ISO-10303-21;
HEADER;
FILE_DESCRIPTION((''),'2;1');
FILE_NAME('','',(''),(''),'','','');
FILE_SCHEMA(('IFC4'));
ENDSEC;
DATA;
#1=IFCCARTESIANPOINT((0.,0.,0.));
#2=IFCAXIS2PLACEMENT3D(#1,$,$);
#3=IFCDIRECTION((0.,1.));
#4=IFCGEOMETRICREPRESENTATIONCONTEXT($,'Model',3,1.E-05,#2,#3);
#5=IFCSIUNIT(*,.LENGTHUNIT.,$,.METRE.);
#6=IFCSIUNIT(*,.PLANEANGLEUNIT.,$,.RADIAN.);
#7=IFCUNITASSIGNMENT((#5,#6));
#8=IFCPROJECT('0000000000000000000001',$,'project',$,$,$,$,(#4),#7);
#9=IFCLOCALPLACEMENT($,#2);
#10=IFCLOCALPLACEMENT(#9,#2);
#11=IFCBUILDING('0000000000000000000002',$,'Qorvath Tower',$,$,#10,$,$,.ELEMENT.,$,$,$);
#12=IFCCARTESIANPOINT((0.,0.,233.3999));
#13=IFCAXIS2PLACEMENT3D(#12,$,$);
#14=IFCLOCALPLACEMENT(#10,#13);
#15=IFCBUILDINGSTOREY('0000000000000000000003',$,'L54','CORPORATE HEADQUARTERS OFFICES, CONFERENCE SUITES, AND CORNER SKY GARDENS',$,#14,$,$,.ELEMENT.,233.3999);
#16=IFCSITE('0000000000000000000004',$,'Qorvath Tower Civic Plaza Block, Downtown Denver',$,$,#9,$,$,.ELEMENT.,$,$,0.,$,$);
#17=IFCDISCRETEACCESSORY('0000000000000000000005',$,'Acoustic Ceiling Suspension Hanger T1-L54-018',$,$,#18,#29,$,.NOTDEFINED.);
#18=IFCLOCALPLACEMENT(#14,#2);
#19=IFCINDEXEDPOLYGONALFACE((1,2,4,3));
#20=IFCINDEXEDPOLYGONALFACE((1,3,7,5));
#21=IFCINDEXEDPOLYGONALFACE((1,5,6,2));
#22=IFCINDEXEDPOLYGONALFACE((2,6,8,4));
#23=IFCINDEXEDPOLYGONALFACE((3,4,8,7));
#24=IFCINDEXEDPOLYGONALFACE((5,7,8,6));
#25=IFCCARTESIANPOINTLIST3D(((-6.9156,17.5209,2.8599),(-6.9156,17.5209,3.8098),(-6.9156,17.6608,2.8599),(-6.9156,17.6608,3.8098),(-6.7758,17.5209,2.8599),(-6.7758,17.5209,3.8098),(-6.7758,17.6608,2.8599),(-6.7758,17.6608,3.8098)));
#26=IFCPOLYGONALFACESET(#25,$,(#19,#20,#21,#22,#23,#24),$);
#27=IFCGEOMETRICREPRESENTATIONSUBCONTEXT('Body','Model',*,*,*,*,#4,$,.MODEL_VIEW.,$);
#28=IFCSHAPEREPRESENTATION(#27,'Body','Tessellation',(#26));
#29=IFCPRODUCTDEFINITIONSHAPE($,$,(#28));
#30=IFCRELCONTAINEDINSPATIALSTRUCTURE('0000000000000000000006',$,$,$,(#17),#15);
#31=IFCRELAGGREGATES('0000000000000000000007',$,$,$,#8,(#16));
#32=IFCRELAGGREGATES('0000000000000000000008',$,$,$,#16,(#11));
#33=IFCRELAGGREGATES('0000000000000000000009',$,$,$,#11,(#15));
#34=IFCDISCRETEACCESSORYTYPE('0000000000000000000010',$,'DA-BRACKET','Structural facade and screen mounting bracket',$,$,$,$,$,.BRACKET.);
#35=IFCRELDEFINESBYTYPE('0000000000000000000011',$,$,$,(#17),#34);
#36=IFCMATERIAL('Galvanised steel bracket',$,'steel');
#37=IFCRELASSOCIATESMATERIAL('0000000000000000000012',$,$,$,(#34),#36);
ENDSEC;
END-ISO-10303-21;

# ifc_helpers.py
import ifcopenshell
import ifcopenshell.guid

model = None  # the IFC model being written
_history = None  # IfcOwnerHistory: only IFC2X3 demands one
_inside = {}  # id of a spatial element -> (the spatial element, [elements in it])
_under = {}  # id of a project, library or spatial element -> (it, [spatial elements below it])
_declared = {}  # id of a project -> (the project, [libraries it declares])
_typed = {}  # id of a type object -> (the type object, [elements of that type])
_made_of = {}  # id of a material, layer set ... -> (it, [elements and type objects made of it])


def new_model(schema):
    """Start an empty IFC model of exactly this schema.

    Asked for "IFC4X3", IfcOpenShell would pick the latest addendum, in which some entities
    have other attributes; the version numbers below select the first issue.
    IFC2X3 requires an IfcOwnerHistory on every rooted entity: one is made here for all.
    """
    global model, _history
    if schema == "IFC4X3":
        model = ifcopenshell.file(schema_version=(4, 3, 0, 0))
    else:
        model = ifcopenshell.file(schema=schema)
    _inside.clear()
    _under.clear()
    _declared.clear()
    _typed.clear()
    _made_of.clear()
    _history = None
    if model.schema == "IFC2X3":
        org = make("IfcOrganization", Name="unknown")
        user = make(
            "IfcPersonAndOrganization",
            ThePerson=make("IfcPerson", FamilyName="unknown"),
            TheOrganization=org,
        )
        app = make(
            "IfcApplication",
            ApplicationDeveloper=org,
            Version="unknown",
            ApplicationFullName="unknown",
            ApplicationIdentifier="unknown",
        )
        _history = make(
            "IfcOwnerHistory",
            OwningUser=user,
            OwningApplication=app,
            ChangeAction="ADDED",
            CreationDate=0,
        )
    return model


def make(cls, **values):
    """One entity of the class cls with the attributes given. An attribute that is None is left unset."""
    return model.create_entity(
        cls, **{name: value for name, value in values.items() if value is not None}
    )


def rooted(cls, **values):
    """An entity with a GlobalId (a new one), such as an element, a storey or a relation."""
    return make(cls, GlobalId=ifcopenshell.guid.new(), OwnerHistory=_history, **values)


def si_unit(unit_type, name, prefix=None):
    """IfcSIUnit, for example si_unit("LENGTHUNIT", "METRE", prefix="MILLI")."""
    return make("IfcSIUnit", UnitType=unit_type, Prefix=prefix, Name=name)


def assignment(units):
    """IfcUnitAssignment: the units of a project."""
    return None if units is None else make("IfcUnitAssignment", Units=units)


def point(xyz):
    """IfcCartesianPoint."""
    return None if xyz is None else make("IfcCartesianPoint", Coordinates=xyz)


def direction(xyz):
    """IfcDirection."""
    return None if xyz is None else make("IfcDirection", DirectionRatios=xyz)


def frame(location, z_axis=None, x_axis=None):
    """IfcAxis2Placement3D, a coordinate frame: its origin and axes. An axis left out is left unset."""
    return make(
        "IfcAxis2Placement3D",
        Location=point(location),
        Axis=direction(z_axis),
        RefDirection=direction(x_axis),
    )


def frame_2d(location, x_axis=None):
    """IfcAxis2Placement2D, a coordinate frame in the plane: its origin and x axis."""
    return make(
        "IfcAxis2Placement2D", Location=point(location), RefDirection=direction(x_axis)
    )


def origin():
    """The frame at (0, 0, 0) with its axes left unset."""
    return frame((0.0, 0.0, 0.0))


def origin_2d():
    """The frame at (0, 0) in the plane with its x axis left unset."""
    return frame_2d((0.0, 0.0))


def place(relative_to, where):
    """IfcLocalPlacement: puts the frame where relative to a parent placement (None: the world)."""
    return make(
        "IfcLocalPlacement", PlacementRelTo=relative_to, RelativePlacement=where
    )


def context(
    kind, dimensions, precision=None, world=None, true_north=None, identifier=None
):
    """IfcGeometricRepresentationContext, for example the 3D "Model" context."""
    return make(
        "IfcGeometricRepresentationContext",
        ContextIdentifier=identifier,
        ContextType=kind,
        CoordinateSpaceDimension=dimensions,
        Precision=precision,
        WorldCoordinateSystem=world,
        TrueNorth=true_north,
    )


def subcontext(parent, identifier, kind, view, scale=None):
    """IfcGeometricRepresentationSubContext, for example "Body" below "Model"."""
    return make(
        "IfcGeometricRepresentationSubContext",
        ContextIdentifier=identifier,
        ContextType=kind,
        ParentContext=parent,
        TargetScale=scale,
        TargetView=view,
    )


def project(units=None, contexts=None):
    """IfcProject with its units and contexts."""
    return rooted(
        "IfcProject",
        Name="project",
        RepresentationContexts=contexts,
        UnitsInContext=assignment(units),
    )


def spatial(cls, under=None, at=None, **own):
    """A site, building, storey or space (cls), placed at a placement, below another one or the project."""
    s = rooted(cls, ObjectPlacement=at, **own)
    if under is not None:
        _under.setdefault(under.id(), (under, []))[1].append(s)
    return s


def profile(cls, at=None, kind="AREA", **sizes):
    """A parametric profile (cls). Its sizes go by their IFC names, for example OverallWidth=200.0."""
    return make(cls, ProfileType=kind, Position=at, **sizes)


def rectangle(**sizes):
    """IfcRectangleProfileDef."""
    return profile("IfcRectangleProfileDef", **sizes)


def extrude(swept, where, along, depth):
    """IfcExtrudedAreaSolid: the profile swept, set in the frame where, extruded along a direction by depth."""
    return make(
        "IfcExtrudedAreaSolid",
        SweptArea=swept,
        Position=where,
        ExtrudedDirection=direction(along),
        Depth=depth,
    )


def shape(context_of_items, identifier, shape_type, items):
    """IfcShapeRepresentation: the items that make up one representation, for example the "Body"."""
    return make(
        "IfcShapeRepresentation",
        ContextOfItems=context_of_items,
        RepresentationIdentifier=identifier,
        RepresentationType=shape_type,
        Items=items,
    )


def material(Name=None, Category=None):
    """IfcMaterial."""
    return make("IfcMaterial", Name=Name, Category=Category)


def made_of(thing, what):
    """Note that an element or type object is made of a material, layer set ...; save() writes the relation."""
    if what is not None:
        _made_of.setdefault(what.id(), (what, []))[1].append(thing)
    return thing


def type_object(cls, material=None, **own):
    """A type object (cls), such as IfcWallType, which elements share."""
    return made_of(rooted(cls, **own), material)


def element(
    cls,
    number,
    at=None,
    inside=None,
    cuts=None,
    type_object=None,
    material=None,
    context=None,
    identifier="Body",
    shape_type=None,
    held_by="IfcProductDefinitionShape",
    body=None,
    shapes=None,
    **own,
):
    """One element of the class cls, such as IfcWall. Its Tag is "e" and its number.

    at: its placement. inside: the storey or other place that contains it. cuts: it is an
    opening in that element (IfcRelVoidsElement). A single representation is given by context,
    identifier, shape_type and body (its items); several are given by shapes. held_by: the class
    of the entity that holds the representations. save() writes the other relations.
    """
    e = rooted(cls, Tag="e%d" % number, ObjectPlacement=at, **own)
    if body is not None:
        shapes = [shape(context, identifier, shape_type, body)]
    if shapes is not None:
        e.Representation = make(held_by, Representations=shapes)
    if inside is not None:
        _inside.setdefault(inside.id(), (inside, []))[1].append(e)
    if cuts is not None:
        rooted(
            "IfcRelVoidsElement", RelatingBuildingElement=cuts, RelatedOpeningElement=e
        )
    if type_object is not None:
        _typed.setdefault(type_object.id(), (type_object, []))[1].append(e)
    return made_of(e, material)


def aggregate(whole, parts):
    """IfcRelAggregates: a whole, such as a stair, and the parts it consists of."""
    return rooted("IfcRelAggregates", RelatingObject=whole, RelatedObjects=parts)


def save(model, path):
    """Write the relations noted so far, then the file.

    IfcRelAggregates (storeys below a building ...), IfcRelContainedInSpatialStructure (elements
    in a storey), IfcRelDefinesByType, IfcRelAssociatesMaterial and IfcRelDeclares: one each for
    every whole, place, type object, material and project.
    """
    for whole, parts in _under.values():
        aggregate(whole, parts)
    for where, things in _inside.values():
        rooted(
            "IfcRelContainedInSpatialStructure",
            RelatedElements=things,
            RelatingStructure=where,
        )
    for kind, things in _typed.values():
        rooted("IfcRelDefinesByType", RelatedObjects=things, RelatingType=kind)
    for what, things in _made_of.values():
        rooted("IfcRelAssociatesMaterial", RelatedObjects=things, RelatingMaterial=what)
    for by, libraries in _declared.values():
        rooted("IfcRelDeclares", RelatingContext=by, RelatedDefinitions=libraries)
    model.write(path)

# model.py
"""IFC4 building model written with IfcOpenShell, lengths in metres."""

from ifc_helpers import new_model, si_unit, direction, frame, origin, origin_2d, place, context, subcontext, project, spatial, rectangle, extrude, material, type_object, element, save


model = new_model("IFC4")

# Units and contexts
model_context = context("Model", 3, precision=1e-05, world=origin(), true_north=direction((0.0, 1.0)))
body_context = subcontext(model_context, "Body", "Model", "MODEL_VIEW")
ifc_project = project(units=[si_unit("LENGTHUNIT", "METRE"), si_unit("PLANEANGLEUNIT", "RADIAN")], contexts=[model_context])

# Site, building, storey
site_placement = place(None, origin())
site = spatial("IfcSite", under=ifc_project, at=site_placement, Name="Qorvath Tower Civic Plaza Block, Downtown Denver", CompositionType="ELEMENT", RefElevation=0.0)
building_placement = place(site_placement, origin())
building = spatial("IfcBuilding", under=site, at=building_placement, Name="Qorvath Tower", CompositionType="ELEMENT")
storey_placement = place(building_placement, frame((0.0, 0.0, 233.3999)))
storey = spatial("IfcBuildingStorey", under=building, at=storey_placement, Name="L54", Description="CORPORATE HEADQUARTERS OFFICES, CONFERENCE SUITES, AND CORNER SKY GARDENS", CompositionType="ELEMENT", Elevation=233.3999)

# Discrete accessory
ifc_material_1 = material(Name="Galvanised steel bracket", Category="steel")
discrete_accessory_type = type_object("IfcDiscreteAccessoryType", Name="DA-BRACKET", Description="Structural facade and screen mounting bracket", PredefinedType="BRACKET", material=ifc_material_1)
for number, where, z_axis, x_axis, name in (
    (1, (-6.8457, 17.5908, 2.8599), (0.0, 0.0, 1.0), (1.0, 0.0, 0.0), "Acoustic Ceiling Suspension Hanger T1-L54-018"),
):
    element("IfcDiscreteAccessory", number, at=place(storey_placement, frame(where, z_axis=z_axis, x_axis=x_axis)), inside=storey, type_object=discrete_accessory_type, Name=name, PredefinedType="NOTDEFINED", context=body_context, shape_type="SweptSolid", body=[
        extrude(rectangle(XDim=0.1399, YDim=0.1399, at=origin_2d()), origin(), (0.0, 0.0, 1.0), 0.95),
    ])

save(model, "model.ifc")
